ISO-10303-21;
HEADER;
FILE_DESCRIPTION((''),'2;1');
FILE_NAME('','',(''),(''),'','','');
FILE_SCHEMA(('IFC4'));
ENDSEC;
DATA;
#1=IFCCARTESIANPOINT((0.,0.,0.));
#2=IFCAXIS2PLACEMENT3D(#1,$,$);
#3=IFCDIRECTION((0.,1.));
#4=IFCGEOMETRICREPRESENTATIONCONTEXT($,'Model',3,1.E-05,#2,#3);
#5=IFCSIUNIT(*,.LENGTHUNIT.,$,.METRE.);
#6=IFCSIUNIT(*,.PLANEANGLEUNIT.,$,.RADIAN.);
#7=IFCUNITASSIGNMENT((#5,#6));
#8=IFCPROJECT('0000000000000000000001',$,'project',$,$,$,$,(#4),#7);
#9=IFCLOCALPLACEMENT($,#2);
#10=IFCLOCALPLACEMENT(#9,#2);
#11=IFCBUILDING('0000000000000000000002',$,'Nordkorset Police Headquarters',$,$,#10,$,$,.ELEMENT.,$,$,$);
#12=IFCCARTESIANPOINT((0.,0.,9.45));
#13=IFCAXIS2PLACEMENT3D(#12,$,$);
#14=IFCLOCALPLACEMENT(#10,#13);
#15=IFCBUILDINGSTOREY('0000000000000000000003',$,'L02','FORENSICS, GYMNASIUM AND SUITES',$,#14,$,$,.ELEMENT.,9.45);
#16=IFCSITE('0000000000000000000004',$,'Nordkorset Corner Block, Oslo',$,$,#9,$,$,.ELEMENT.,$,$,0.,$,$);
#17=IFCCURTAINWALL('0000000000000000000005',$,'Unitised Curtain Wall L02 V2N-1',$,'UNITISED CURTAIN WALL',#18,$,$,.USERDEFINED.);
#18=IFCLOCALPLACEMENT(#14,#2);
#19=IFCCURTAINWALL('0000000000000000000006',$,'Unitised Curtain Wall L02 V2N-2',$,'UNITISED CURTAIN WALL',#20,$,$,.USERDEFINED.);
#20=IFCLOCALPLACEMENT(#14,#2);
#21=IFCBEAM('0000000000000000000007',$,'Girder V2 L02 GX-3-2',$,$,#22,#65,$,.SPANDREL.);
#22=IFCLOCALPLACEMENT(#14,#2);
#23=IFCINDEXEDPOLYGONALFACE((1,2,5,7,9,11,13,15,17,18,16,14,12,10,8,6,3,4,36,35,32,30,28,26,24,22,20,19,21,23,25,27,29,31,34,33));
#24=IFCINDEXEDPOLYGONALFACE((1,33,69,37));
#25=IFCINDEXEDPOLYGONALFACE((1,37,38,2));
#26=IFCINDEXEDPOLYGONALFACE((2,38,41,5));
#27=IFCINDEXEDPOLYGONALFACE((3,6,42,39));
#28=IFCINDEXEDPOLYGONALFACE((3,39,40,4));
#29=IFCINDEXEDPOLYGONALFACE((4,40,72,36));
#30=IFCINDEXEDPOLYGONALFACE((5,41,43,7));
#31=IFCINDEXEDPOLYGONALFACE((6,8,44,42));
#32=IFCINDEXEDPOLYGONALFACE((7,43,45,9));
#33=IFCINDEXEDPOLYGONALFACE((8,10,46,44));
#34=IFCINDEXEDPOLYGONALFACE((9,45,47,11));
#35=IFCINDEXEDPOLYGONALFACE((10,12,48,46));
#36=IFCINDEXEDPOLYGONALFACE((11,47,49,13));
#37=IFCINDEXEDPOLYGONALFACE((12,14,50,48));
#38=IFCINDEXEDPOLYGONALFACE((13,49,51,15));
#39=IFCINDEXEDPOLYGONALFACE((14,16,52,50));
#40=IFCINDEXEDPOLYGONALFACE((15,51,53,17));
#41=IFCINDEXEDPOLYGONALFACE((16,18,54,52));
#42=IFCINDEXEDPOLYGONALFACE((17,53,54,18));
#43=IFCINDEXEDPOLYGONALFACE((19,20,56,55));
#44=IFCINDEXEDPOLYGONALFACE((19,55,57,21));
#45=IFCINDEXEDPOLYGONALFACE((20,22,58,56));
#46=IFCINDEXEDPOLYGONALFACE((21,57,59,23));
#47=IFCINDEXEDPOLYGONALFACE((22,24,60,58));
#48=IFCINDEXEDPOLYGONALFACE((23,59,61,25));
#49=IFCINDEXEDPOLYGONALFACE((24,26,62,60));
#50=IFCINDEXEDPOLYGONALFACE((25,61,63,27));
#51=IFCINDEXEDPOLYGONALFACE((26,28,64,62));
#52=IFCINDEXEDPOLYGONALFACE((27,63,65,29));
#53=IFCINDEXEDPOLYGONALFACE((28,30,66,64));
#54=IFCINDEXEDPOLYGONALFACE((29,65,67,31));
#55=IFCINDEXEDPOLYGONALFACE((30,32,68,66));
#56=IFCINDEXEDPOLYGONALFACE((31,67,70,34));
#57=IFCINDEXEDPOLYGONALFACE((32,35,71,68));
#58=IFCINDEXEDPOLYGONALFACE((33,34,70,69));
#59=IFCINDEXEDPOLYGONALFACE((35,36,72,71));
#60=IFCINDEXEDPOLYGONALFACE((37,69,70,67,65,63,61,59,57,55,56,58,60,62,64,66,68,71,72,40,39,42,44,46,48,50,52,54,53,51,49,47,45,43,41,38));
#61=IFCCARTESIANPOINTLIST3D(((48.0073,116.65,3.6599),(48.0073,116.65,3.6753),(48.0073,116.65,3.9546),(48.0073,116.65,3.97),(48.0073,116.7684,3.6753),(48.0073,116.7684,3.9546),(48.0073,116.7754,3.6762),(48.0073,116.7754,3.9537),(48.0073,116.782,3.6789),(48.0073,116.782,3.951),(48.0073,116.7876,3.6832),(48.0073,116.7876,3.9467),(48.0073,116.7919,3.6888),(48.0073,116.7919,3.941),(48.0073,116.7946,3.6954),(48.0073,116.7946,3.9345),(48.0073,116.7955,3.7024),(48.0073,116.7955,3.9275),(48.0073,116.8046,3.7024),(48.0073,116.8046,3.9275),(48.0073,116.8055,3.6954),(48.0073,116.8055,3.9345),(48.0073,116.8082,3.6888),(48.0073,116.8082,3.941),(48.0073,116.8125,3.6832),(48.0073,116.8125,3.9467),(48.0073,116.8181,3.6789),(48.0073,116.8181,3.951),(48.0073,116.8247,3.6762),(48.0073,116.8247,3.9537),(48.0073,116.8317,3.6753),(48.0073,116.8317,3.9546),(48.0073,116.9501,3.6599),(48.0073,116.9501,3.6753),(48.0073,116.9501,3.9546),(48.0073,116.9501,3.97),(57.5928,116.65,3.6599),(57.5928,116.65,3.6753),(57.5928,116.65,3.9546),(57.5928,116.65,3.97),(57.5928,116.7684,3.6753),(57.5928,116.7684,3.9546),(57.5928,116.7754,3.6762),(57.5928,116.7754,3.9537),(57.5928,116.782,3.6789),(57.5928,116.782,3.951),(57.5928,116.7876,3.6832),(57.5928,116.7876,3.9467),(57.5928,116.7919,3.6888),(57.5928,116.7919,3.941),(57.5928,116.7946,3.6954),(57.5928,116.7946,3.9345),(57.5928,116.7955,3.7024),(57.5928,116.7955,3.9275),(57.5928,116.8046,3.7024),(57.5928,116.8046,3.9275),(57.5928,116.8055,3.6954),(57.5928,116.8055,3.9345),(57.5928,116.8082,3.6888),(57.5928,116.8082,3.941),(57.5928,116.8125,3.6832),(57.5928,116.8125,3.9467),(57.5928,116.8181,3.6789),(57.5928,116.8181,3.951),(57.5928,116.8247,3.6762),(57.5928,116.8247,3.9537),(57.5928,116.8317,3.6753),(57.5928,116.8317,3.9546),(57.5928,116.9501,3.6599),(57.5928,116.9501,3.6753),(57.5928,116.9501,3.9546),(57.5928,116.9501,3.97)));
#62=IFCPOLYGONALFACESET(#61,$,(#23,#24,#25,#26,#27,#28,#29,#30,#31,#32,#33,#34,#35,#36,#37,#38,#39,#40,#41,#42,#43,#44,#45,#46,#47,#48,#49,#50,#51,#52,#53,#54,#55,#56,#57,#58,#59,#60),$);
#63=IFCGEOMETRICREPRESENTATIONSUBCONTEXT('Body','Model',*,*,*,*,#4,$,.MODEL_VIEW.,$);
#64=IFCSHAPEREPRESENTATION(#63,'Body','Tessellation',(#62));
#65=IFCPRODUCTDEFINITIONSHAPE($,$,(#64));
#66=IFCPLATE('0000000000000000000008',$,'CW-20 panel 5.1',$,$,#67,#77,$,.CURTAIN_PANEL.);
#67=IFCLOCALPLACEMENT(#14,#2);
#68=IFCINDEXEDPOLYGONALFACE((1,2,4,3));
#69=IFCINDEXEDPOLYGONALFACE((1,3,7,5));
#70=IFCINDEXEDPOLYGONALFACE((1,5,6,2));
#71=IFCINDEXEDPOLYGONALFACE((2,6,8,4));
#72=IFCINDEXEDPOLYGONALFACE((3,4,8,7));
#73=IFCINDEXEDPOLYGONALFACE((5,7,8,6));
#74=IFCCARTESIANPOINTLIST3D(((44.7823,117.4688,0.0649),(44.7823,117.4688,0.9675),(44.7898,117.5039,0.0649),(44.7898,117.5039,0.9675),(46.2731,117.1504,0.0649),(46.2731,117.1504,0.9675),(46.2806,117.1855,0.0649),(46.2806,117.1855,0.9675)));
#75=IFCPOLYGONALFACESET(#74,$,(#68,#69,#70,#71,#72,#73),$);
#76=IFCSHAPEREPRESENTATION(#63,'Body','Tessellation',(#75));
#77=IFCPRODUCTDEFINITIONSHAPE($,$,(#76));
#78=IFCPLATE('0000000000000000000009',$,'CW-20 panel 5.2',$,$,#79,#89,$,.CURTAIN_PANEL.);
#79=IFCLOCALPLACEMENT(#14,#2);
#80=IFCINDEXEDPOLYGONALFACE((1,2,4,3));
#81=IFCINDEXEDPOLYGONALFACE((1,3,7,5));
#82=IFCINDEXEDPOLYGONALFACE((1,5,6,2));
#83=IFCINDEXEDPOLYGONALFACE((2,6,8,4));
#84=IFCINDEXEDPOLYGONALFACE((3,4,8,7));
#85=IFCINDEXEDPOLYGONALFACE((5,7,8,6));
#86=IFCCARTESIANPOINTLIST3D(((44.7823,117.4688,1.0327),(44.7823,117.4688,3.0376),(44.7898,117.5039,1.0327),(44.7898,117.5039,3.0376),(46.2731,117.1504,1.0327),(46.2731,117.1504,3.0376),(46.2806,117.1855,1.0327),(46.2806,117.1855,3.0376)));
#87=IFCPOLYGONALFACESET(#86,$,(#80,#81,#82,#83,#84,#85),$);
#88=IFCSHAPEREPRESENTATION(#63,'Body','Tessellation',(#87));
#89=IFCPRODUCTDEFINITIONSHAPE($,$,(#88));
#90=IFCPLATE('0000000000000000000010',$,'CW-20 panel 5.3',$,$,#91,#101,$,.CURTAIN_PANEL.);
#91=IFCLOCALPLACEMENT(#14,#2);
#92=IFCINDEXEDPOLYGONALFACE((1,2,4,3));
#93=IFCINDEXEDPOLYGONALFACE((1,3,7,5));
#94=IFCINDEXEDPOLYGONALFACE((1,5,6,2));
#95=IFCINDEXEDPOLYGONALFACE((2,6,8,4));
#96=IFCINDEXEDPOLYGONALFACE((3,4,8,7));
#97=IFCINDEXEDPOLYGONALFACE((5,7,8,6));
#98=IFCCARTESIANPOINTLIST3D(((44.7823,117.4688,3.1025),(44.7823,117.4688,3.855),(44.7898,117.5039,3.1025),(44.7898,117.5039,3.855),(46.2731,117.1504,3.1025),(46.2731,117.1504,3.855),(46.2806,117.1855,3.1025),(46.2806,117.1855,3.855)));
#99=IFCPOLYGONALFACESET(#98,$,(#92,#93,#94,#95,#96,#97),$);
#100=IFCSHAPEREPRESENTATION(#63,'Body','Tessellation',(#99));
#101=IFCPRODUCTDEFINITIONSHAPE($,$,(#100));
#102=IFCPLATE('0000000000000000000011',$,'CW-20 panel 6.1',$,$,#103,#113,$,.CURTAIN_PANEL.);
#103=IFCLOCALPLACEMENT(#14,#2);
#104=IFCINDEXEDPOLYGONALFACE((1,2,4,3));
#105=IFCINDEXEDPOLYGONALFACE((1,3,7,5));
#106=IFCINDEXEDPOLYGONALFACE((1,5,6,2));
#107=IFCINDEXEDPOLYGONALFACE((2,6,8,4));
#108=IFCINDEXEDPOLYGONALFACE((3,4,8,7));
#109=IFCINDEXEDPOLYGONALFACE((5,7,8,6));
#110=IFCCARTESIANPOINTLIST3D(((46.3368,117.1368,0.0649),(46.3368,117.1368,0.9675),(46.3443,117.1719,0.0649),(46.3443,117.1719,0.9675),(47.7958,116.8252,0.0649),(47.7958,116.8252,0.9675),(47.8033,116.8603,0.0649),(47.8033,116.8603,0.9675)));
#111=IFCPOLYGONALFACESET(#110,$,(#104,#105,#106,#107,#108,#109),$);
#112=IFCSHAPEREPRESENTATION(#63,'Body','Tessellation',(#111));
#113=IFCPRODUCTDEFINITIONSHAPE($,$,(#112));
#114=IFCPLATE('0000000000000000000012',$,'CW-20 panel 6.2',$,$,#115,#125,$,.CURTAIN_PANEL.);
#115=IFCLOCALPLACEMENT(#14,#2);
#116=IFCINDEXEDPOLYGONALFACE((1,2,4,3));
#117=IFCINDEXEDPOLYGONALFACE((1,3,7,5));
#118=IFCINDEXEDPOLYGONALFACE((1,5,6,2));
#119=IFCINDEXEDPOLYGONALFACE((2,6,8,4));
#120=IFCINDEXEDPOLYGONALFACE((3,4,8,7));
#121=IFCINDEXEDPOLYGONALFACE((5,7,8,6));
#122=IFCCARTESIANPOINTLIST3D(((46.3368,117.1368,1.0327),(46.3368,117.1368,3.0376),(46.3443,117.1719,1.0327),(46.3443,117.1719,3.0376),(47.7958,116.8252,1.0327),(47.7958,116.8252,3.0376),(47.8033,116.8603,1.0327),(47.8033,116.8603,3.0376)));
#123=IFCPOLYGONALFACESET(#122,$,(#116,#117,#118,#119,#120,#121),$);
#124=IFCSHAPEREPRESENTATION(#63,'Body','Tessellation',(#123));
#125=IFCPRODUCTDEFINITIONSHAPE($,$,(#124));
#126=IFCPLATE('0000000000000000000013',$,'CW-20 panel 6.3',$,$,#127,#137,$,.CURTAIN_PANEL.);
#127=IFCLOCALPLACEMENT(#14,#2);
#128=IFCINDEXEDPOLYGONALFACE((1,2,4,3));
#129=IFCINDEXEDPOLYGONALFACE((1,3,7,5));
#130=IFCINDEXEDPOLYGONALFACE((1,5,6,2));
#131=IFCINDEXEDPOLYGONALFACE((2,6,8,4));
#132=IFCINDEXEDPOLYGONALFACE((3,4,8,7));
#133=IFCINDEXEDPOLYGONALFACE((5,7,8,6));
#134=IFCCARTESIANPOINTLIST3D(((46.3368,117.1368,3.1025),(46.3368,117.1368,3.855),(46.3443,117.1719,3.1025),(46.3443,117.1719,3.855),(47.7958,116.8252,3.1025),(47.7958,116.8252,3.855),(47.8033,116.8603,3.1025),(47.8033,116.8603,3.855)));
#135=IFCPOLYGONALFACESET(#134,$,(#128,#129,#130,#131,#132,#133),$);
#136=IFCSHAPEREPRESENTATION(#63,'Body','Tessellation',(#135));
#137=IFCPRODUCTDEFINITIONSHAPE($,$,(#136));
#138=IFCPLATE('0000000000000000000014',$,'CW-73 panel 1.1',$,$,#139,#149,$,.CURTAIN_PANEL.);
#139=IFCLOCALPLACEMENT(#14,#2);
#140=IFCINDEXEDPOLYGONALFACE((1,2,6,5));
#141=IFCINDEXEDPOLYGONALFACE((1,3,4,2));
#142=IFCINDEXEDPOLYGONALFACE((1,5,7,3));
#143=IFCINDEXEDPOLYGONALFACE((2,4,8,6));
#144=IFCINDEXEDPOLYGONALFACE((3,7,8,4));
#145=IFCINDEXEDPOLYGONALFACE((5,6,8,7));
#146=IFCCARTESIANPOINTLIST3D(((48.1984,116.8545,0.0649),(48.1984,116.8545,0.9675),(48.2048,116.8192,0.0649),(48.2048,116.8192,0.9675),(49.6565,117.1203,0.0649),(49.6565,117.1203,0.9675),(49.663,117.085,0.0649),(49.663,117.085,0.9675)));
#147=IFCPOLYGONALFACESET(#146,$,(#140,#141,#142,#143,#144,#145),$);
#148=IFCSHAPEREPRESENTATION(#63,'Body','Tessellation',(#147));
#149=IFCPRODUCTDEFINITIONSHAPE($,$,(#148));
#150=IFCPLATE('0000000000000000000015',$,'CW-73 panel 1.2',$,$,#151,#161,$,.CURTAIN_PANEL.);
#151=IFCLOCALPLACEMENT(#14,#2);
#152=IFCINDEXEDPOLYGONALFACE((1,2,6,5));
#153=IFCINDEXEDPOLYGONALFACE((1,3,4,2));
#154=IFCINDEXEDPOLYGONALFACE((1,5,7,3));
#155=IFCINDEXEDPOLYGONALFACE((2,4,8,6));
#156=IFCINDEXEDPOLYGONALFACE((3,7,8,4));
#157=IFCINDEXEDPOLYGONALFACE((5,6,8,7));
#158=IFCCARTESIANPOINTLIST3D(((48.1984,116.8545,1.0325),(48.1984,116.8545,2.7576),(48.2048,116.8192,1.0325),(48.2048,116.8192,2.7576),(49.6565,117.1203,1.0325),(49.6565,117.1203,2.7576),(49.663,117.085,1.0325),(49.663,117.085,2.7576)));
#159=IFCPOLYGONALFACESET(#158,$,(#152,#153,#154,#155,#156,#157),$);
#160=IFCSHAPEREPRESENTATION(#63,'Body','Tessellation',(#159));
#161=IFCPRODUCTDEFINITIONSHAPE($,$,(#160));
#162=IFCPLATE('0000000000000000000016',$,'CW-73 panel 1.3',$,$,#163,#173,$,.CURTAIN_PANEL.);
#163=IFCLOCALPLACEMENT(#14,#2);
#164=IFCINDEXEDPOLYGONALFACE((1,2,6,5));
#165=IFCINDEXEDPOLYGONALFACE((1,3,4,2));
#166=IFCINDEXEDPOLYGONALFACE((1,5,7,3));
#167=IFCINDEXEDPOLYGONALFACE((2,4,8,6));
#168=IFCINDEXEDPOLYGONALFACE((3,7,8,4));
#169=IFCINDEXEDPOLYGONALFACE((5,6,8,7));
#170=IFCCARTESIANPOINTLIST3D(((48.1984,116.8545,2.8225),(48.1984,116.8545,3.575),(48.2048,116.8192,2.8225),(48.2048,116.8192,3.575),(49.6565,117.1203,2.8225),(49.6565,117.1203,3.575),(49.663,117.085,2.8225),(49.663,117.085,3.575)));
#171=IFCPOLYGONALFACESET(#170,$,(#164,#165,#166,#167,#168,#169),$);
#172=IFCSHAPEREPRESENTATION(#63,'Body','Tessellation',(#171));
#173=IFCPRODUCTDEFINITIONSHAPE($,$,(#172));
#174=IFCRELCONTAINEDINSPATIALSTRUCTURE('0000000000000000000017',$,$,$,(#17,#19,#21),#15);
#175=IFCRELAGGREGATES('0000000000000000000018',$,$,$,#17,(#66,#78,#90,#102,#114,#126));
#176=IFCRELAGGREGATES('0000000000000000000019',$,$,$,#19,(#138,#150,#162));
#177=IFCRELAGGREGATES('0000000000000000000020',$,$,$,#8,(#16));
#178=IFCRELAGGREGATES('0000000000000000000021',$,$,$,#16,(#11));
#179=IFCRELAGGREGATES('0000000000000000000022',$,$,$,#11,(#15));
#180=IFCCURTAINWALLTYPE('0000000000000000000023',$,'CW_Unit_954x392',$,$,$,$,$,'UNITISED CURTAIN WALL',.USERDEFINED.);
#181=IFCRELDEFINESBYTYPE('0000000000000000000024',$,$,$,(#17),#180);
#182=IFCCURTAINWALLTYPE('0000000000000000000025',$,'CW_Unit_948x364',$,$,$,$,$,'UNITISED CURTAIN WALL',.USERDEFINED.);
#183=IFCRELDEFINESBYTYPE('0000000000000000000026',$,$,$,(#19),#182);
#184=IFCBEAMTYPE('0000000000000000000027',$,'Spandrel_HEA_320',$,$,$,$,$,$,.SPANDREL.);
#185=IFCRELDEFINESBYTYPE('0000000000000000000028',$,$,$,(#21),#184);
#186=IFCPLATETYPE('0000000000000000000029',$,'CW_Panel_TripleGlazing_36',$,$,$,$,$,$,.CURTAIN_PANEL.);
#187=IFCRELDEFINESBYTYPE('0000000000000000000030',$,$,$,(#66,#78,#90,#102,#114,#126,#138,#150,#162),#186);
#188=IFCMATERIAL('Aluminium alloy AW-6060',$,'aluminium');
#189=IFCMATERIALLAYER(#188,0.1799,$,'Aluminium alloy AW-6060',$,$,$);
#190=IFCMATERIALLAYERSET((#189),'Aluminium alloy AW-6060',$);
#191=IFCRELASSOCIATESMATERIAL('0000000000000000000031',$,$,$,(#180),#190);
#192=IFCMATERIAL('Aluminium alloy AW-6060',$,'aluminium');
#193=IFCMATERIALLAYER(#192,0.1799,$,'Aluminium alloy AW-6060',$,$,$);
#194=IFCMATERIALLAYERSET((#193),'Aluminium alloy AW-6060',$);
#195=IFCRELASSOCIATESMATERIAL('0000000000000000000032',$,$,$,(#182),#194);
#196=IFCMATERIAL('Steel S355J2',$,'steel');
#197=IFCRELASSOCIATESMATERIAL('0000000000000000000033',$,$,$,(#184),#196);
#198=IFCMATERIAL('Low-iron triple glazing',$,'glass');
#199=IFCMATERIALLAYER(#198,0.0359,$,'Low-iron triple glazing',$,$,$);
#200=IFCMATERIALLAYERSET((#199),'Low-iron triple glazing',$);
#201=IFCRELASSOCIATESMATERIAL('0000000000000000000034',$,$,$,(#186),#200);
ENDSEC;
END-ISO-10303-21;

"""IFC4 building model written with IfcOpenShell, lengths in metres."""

from ifc_helpers import new_model, si_unit, direction, frame, origin, origin_2d, place, context, subcontext, project, spatial, rectangle, i_section, extrude, material, layer, layer_set, material_profile, profile_set, type_object, element, aggregate, save


model = new_model("IFC4")

# Units and contexts
model_context = context("Model", 3, precision=1e-05, world=origin(), true_north=direction((0.0, 1.0)))
body_context = subcontext(model_context, "Body", "Model", "MODEL_VIEW")
ifc_project = project(units=[si_unit("LENGTHUNIT", "METRE"), si_unit("PLANEANGLEUNIT", "RADIAN")], contexts=[model_context])

# Site, building, storey
site_placement = place(None, origin())
site = spatial("IfcSite", under=ifc_project, at=site_placement, Name="Nordkorset Corner Block, Oslo", CompositionType="ELEMENT", RefElevation=0.0)
building_placement = place(site_placement, origin())
building = spatial("IfcBuilding", under=site, at=building_placement, Name="Nordkorset Police Headquarters", CompositionType="ELEMENT")
storey_placement = place(building_placement, frame((0.0, 0.0, 9.45)))
storey = spatial("IfcBuildingStorey", under=building, at=storey_placement, Name="L02", Description="FORENSICS, GYMNASIUM AND SUITES", CompositionType="ELEMENT", Elevation=9.45)

# Curtain walls
ifc_material_1 = material(Name="Aluminium alloy AW-6060", Category="aluminium")
ifc_layer_1 = layer(ifc_material_1, 0.1799, Name="Aluminium alloy AW-6060")
ifc_layer_set_1 = layer_set([ifc_layer_1], Name="Aluminium alloy AW-6060")
curtain_wall_type_1 = type_object("IfcCurtainWallType", Name="CW_Unit_954x392", ElementType="UNITISED CURTAIN WALL", PredefinedType="USERDEFINED", material=ifc_layer_set_1)
curtain_wall_1_placement = place(storey_placement, origin())
curtain_wall_1 = element("IfcCurtainWall", 1, at=curtain_wall_1_placement, inside=storey, type_object=curtain_wall_type_1, Name="Unitised Curtain Wall L02 V2N-1", ObjectType="UNITISED CURTAIN WALL", PredefinedType="USERDEFINED")
ifc_material_2 = material(Name="Aluminium alloy AW-6060", Category="aluminium")
ifc_layer_2 = layer(ifc_material_2, 0.1799, Name="Aluminium alloy AW-6060")
ifc_layer_set_2 = layer_set([ifc_layer_2], Name="Aluminium alloy AW-6060")
curtain_wall_type_2 = type_object("IfcCurtainWallType", Name="CW_Unit_948x364", ElementType="UNITISED CURTAIN WALL", PredefinedType="USERDEFINED", material=ifc_layer_set_2)
curtain_wall_2_placement = place(storey_placement, origin())
curtain_wall_2 = element("IfcCurtainWall", 2, at=curtain_wall_2_placement, inside=storey, type_object=curtain_wall_type_2, Name="Unitised Curtain Wall L02 V2N-2", ObjectType="UNITISED CURTAIN WALL", PredefinedType="USERDEFINED")

# Beam
ifc_material_3 = material(Name="Steel S355J2", Category="steel")
ifc_material_profile_1 = material_profile(ifc_material_3, i_section(OverallWidth=0.3, OverallDepth=0.3101, WebThickness=0.009, FlangeThickness=0.0154, FilletRadius=0.0271, at=origin_2d()), Name="HEA 320")
ifc_profile_set_1 = profile_set([ifc_material_profile_1], Name="Steel S355J2")
beam_type = type_object("IfcBeamType", Name="Spandrel_HEA_320", PredefinedType="SPANDREL", material=ifc_profile_set_1)
beam_placement = place(storey_placement, frame((48.0073, 116.8, 3.8149), z_axis=(1.0, 0.0, 0.0), x_axis=(0.0, 1.0, 0.0)))
element("IfcBeam", 3, at=beam_placement, inside=storey, type_object=beam_type, Name="Girder V2 L02 GX-3-2", PredefinedType="SPANDREL", context=body_context, shape_type="SweptSolid", body=[
    extrude(i_section(OverallWidth=0.3, OverallDepth=0.3101, WebThickness=0.009, FlangeThickness=0.0154, FilletRadius=0.0271, at=origin_2d()), origin(), (0.0, 0.0, 1.0), 9.5854),
])

# Plates
ifc_material_4 = material(Name="Low-iron triple glazing", Category="glass")
ifc_layer_3 = layer(ifc_material_4, 0.0359, Name="Low-iron triple glazing")
ifc_layer_set_3 = layer_set([ifc_layer_3], Name="Low-iron triple glazing")
plate_type = type_object("IfcPlateType", Name="CW_Panel_TripleGlazing_36", PredefinedType="CURTAIN_PANEL", material=ifc_layer_set_3)
plate_1_placement = place(storey_placement, frame((45.5315, 117.3271, 0.0649), z_axis=(0.0, 0.0, 1.0), x_axis=(0.977951, -0.208833, 0.0)))
plate_1 = element("IfcPlate", 4, at=plate_1_placement, type_object=plate_type, Name="CW-20 panel 5.1", PredefinedType="CURTAIN_PANEL", context=body_context, shape_type="SweptSolid", body=[
    extrude(rectangle(XDim=1.5244, YDim=0.0359, at=origin_2d()), origin(), (0.0, 0.0, 1.0), 0.9026),
])
plate_2_placement = place(storey_placement, frame((45.5315, 117.3271, 1.0327), z_axis=(0.0, 0.0, 1.0), x_axis=(0.977951, -0.208833, 0.0)))
plate_2 = element("IfcPlate", 5, at=plate_2_placement, type_object=plate_type, Name="CW-20 panel 5.2", PredefinedType="CURTAIN_PANEL", context=body_context, shape_type="SweptSolid", body=[
    extrude(rectangle(XDim=1.5244, YDim=0.0359, at=origin_2d()), origin(), (0.0, 0.0, 1.0), 2.0049),
])
plate_3_placement = place(storey_placement, frame((45.5315, 117.3271, 3.1025), z_axis=(0.0, 0.0, 1.0), x_axis=(0.977951, -0.208833, 0.0)))
plate_3 = element("IfcPlate", 6, at=plate_3_placement, type_object=plate_type, Name="CW-20 panel 5.3", PredefinedType="CURTAIN_PANEL", context=body_context, shape_type="SweptSolid", body=[
    extrude(rectangle(XDim=1.5244, YDim=0.0359, at=origin_2d()), origin(), (0.0, 0.0, 1.0), 0.7524),
])
plate_4_placement = place(storey_placement, frame((47.0701, 116.9985, 0.0649), z_axis=(0.0, 0.0, 1.0), x_axis=(0.977951, -0.208833, 0.0)))
plate_4 = element("IfcPlate", 7, at=plate_4_placement, type_object=plate_type, Name="CW-20 panel 6.1", PredefinedType="CURTAIN_PANEL", context=body_context, shape_type="SweptSolid", body=[
    extrude(rectangle(XDim=1.4919, YDim=0.0359, at=origin_2d()), origin(), (0.0, 0.0, 1.0), 0.9026),
])
plate_5_placement = place(storey_placement, frame((47.0701, 116.9985, 1.0327), z_axis=(0.0, 0.0, 1.0), x_axis=(0.977951, -0.208833, 0.0)))
plate_5 = element("IfcPlate", 8, at=plate_5_placement, type_object=plate_type, Name="CW-20 panel 6.2", PredefinedType="CURTAIN_PANEL", context=body_context, shape_type="SweptSolid", body=[
    extrude(rectangle(XDim=1.4919, YDim=0.0359, at=origin_2d()), origin(), (0.0, 0.0, 1.0), 2.0049),
])
plate_6_placement = place(storey_placement, frame((47.0701, 116.9985, 3.1025), z_axis=(0.0, 0.0, 1.0), x_axis=(0.977951, -0.208833, 0.0)))
plate_6 = element("IfcPlate", 9, at=plate_6_placement, type_object=plate_type, Name="CW-20 panel 6.3", PredefinedType="CURTAIN_PANEL", context=body_context, shape_type="SweptSolid", body=[
    extrude(rectangle(XDim=1.4919, YDim=0.0359, at=origin_2d()), origin(), (0.0, 0.0, 1.0), 0.7524),
])
aggregate(curtain_wall_1, [plate_1, plate_2, plate_3, plate_4, plate_5, plate_6])
plate_7_placement = place(storey_placement, frame((48.9307, 116.9697, 0.0649), z_axis=(0.0, 0.0, 1.0), x_axis=(0.983788, 0.179336, 0.0)))
plate_7 = element("IfcPlate", 10, at=plate_7_placement, type_object=plate_type, Name="CW-73 panel 1.1", PredefinedType="CURTAIN_PANEL", context=body_context, shape_type="SweptSolid", body=[
    extrude(rectangle(XDim=1.4822, YDim=0.0359, at=origin_2d()), origin(), (0.0, 0.0, 1.0), 0.9026),
])
plate_8_placement = place(storey_placement, frame((48.9307, 116.9697, 1.0325), z_axis=(0.0, 0.0, 1.0), x_axis=(0.983788, 0.179336, 0.0)))
plate_8 = element("IfcPlate", 11, at=plate_8_placement, type_object=plate_type, Name="CW-73 panel 1.2", PredefinedType="CURTAIN_PANEL", context=body_context, shape_type="SweptSolid", body=[
    extrude(rectangle(XDim=1.4822, YDim=0.0359, at=origin_2d()), origin(), (0.0, 0.0, 1.0), 1.7251),
])
plate_9_placement = place(storey_placement, frame((48.9307, 116.9697, 2.8225), z_axis=(0.0, 0.0, 1.0), x_axis=(0.983788, 0.179336, 0.0)))
plate_9 = element("IfcPlate", 12, at=plate_9_placement, type_object=plate_type, Name="CW-73 panel 1.3", PredefinedType="CURTAIN_PANEL", context=body_context, shape_type="SweptSolid", body=[
    extrude(rectangle(XDim=1.4822, YDim=0.0359, at=origin_2d()), origin(), (0.0, 0.0, 1.0), 0.7524),
])
aggregate(curtain_wall_2, [plate_7, plate_8, plate_9])

save(model, "model.ifc")
